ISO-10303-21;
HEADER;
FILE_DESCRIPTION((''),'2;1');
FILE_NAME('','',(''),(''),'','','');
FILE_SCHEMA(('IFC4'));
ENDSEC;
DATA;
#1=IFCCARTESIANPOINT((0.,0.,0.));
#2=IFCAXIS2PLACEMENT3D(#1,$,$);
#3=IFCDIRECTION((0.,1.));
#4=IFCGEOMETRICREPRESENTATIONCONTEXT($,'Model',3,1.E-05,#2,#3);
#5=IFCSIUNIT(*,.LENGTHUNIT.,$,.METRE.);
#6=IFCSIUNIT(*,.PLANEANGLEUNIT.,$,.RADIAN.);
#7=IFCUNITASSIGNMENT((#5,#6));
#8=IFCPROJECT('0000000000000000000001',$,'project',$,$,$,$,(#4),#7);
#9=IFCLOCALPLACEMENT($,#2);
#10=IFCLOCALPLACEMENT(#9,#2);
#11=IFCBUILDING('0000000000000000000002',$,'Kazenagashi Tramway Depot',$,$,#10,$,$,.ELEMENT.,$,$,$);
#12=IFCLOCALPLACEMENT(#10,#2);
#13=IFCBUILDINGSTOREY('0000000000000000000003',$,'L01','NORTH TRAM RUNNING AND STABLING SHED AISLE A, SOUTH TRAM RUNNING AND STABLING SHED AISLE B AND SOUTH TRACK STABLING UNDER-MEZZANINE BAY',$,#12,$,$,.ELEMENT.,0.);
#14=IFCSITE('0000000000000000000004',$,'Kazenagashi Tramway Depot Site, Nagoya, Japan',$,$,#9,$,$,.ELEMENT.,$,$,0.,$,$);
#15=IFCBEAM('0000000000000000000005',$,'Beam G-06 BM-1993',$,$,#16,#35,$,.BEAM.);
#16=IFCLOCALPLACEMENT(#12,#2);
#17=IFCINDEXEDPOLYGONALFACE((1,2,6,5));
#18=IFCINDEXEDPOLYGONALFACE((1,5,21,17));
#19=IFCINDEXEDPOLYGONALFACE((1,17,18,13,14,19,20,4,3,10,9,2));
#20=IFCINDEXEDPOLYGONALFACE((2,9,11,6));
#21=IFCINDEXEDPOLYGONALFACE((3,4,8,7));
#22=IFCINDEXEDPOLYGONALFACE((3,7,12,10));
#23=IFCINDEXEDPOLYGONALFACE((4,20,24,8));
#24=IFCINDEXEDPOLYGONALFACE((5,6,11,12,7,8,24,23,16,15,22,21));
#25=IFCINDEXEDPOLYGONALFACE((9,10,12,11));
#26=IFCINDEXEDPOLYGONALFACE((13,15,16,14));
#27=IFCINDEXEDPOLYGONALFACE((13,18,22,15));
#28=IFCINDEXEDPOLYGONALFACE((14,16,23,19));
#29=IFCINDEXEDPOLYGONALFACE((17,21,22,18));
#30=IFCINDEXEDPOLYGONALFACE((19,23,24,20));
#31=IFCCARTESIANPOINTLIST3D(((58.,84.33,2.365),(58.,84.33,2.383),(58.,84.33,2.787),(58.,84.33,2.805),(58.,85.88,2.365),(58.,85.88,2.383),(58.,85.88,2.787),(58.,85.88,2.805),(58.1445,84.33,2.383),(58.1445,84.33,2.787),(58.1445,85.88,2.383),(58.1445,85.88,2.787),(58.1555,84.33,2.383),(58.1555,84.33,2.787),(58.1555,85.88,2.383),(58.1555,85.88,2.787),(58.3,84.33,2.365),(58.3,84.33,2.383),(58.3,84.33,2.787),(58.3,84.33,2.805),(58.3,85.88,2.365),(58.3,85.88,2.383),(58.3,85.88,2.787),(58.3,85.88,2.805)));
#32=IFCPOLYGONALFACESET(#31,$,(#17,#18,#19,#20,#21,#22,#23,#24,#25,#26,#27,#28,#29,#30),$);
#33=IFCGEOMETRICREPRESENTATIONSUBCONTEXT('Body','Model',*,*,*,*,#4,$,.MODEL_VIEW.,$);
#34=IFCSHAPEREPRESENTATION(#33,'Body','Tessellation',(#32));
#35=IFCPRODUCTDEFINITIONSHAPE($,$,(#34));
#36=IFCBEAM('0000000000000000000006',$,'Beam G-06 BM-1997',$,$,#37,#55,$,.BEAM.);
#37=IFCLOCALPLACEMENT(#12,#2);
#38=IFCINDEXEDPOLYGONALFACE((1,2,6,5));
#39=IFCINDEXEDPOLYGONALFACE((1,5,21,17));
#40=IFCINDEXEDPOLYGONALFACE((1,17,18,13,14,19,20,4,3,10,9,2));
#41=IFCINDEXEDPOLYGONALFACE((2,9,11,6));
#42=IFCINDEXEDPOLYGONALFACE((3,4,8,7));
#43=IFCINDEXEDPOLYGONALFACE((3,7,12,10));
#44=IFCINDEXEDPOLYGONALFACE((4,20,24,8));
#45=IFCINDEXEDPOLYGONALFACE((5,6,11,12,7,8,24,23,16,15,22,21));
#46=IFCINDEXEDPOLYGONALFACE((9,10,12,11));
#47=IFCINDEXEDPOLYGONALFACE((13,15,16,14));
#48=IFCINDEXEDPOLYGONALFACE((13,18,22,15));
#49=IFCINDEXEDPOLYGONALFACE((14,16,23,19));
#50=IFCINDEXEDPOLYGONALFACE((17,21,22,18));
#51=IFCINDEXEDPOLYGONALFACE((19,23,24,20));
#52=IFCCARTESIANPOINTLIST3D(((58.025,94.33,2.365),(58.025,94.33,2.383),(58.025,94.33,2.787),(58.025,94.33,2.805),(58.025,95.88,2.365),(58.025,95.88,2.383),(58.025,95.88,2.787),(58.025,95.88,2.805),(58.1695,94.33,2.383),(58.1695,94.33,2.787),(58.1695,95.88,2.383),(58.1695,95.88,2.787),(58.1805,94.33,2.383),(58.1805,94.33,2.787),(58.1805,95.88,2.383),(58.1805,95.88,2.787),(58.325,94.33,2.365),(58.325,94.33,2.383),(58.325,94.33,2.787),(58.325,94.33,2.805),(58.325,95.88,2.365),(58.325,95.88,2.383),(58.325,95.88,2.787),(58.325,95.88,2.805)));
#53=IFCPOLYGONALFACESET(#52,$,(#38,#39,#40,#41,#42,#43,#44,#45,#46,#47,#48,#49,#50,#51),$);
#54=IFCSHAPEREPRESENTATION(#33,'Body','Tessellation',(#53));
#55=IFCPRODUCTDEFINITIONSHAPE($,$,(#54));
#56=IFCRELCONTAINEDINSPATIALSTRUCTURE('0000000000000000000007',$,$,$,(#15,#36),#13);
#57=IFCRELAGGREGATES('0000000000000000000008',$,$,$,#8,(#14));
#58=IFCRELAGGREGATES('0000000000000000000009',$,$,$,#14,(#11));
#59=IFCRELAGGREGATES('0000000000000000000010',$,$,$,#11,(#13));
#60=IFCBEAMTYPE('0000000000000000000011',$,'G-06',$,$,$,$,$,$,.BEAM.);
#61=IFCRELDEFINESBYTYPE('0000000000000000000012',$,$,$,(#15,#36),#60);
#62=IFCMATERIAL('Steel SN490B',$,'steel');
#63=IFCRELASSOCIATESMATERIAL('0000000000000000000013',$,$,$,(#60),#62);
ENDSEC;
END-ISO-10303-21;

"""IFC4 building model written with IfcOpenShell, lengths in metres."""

from ifc_helpers import new_model, si_unit, direction, frame, origin, origin_2d, place, context, subcontext, project, spatial, i_section, extrude, material, material_profile, profile_set, type_object, element, save


model = new_model("IFC4")

# Units and contexts
model_context = context("Model", 3, precision=1e-05, world=origin(), true_north=direction((0.0, 1.0)))
body_context = subcontext(model_context, "Body", "Model", "MODEL_VIEW")
ifc_project = project(units=[si_unit("LENGTHUNIT", "METRE"), si_unit("PLANEANGLEUNIT", "RADIAN")], contexts=[model_context])

# Site, building, storey
site_placement = place(None, origin())
site = spatial("IfcSite", under=ifc_project, at=site_placement, Name="Kazenagashi Tramway Depot Site, Nagoya, Japan", CompositionType="ELEMENT", RefElevation=0.0)
building_placement = place(site_placement, origin())
building = spatial("IfcBuilding", under=site, at=building_placement, Name="Kazenagashi Tramway Depot", CompositionType="ELEMENT")
storey_placement = place(building_placement, origin())
storey = spatial("IfcBuildingStorey", under=building, at=storey_placement, Name="L01", Description="NORTH TRAM RUNNING AND STABLING SHED AISLE A, SOUTH TRAM RUNNING AND STABLING SHED AISLE B AND SOUTH TRACK STABLING UNDER-MEZZANINE BAY", CompositionType="ELEMENT", Elevation=0.0)

# Shared definitions
ifc_material_1 = material(Name="Steel SN490B", Category="steel")

# Beams
ifc_material_profile_1 = material_profile(ifc_material_1, i_section(OverallWidth=0.3, OverallDepth=0.44, WebThickness=0.011, FlangeThickness=0.018, at=origin_2d()), Name="H-440x300x11x18")
ifc_profile_set_1 = profile_set([ifc_material_profile_1], Name="Steel SN490B")
beam_type = type_object("IfcBeamType", Name="G-06", PredefinedType="BEAM", material=ifc_profile_set_1)
for number, where, z_axis, x_axis, name in (
    (1, (58.15, 84.33, 2.585), (0.0, 1.0, 0.0), (-1.0, 0.0, 0.0), "Beam G-06 BM-1993"),
    (2, (58.175, 94.33, 2.585), (0.0, 1.0, 0.0), (-1.0, 0.0, 0.0), "Beam G-06 BM-1997"),
):
    element("IfcBeam", number, at=place(storey_placement, frame(where, z_axis=z_axis, x_axis=x_axis)), inside=storey, type_object=beam_type, Name=name, PredefinedType="BEAM", context=body_context, shape_type="SweptSolid", body=[
        extrude(i_section(OverallWidth=0.3, OverallDepth=0.44, WebThickness=0.011, FlangeThickness=0.018, at=origin_2d()), origin(), (0.0, 0.0, 1.0), 1.55),
    ])

save(model, "model.ifc")
